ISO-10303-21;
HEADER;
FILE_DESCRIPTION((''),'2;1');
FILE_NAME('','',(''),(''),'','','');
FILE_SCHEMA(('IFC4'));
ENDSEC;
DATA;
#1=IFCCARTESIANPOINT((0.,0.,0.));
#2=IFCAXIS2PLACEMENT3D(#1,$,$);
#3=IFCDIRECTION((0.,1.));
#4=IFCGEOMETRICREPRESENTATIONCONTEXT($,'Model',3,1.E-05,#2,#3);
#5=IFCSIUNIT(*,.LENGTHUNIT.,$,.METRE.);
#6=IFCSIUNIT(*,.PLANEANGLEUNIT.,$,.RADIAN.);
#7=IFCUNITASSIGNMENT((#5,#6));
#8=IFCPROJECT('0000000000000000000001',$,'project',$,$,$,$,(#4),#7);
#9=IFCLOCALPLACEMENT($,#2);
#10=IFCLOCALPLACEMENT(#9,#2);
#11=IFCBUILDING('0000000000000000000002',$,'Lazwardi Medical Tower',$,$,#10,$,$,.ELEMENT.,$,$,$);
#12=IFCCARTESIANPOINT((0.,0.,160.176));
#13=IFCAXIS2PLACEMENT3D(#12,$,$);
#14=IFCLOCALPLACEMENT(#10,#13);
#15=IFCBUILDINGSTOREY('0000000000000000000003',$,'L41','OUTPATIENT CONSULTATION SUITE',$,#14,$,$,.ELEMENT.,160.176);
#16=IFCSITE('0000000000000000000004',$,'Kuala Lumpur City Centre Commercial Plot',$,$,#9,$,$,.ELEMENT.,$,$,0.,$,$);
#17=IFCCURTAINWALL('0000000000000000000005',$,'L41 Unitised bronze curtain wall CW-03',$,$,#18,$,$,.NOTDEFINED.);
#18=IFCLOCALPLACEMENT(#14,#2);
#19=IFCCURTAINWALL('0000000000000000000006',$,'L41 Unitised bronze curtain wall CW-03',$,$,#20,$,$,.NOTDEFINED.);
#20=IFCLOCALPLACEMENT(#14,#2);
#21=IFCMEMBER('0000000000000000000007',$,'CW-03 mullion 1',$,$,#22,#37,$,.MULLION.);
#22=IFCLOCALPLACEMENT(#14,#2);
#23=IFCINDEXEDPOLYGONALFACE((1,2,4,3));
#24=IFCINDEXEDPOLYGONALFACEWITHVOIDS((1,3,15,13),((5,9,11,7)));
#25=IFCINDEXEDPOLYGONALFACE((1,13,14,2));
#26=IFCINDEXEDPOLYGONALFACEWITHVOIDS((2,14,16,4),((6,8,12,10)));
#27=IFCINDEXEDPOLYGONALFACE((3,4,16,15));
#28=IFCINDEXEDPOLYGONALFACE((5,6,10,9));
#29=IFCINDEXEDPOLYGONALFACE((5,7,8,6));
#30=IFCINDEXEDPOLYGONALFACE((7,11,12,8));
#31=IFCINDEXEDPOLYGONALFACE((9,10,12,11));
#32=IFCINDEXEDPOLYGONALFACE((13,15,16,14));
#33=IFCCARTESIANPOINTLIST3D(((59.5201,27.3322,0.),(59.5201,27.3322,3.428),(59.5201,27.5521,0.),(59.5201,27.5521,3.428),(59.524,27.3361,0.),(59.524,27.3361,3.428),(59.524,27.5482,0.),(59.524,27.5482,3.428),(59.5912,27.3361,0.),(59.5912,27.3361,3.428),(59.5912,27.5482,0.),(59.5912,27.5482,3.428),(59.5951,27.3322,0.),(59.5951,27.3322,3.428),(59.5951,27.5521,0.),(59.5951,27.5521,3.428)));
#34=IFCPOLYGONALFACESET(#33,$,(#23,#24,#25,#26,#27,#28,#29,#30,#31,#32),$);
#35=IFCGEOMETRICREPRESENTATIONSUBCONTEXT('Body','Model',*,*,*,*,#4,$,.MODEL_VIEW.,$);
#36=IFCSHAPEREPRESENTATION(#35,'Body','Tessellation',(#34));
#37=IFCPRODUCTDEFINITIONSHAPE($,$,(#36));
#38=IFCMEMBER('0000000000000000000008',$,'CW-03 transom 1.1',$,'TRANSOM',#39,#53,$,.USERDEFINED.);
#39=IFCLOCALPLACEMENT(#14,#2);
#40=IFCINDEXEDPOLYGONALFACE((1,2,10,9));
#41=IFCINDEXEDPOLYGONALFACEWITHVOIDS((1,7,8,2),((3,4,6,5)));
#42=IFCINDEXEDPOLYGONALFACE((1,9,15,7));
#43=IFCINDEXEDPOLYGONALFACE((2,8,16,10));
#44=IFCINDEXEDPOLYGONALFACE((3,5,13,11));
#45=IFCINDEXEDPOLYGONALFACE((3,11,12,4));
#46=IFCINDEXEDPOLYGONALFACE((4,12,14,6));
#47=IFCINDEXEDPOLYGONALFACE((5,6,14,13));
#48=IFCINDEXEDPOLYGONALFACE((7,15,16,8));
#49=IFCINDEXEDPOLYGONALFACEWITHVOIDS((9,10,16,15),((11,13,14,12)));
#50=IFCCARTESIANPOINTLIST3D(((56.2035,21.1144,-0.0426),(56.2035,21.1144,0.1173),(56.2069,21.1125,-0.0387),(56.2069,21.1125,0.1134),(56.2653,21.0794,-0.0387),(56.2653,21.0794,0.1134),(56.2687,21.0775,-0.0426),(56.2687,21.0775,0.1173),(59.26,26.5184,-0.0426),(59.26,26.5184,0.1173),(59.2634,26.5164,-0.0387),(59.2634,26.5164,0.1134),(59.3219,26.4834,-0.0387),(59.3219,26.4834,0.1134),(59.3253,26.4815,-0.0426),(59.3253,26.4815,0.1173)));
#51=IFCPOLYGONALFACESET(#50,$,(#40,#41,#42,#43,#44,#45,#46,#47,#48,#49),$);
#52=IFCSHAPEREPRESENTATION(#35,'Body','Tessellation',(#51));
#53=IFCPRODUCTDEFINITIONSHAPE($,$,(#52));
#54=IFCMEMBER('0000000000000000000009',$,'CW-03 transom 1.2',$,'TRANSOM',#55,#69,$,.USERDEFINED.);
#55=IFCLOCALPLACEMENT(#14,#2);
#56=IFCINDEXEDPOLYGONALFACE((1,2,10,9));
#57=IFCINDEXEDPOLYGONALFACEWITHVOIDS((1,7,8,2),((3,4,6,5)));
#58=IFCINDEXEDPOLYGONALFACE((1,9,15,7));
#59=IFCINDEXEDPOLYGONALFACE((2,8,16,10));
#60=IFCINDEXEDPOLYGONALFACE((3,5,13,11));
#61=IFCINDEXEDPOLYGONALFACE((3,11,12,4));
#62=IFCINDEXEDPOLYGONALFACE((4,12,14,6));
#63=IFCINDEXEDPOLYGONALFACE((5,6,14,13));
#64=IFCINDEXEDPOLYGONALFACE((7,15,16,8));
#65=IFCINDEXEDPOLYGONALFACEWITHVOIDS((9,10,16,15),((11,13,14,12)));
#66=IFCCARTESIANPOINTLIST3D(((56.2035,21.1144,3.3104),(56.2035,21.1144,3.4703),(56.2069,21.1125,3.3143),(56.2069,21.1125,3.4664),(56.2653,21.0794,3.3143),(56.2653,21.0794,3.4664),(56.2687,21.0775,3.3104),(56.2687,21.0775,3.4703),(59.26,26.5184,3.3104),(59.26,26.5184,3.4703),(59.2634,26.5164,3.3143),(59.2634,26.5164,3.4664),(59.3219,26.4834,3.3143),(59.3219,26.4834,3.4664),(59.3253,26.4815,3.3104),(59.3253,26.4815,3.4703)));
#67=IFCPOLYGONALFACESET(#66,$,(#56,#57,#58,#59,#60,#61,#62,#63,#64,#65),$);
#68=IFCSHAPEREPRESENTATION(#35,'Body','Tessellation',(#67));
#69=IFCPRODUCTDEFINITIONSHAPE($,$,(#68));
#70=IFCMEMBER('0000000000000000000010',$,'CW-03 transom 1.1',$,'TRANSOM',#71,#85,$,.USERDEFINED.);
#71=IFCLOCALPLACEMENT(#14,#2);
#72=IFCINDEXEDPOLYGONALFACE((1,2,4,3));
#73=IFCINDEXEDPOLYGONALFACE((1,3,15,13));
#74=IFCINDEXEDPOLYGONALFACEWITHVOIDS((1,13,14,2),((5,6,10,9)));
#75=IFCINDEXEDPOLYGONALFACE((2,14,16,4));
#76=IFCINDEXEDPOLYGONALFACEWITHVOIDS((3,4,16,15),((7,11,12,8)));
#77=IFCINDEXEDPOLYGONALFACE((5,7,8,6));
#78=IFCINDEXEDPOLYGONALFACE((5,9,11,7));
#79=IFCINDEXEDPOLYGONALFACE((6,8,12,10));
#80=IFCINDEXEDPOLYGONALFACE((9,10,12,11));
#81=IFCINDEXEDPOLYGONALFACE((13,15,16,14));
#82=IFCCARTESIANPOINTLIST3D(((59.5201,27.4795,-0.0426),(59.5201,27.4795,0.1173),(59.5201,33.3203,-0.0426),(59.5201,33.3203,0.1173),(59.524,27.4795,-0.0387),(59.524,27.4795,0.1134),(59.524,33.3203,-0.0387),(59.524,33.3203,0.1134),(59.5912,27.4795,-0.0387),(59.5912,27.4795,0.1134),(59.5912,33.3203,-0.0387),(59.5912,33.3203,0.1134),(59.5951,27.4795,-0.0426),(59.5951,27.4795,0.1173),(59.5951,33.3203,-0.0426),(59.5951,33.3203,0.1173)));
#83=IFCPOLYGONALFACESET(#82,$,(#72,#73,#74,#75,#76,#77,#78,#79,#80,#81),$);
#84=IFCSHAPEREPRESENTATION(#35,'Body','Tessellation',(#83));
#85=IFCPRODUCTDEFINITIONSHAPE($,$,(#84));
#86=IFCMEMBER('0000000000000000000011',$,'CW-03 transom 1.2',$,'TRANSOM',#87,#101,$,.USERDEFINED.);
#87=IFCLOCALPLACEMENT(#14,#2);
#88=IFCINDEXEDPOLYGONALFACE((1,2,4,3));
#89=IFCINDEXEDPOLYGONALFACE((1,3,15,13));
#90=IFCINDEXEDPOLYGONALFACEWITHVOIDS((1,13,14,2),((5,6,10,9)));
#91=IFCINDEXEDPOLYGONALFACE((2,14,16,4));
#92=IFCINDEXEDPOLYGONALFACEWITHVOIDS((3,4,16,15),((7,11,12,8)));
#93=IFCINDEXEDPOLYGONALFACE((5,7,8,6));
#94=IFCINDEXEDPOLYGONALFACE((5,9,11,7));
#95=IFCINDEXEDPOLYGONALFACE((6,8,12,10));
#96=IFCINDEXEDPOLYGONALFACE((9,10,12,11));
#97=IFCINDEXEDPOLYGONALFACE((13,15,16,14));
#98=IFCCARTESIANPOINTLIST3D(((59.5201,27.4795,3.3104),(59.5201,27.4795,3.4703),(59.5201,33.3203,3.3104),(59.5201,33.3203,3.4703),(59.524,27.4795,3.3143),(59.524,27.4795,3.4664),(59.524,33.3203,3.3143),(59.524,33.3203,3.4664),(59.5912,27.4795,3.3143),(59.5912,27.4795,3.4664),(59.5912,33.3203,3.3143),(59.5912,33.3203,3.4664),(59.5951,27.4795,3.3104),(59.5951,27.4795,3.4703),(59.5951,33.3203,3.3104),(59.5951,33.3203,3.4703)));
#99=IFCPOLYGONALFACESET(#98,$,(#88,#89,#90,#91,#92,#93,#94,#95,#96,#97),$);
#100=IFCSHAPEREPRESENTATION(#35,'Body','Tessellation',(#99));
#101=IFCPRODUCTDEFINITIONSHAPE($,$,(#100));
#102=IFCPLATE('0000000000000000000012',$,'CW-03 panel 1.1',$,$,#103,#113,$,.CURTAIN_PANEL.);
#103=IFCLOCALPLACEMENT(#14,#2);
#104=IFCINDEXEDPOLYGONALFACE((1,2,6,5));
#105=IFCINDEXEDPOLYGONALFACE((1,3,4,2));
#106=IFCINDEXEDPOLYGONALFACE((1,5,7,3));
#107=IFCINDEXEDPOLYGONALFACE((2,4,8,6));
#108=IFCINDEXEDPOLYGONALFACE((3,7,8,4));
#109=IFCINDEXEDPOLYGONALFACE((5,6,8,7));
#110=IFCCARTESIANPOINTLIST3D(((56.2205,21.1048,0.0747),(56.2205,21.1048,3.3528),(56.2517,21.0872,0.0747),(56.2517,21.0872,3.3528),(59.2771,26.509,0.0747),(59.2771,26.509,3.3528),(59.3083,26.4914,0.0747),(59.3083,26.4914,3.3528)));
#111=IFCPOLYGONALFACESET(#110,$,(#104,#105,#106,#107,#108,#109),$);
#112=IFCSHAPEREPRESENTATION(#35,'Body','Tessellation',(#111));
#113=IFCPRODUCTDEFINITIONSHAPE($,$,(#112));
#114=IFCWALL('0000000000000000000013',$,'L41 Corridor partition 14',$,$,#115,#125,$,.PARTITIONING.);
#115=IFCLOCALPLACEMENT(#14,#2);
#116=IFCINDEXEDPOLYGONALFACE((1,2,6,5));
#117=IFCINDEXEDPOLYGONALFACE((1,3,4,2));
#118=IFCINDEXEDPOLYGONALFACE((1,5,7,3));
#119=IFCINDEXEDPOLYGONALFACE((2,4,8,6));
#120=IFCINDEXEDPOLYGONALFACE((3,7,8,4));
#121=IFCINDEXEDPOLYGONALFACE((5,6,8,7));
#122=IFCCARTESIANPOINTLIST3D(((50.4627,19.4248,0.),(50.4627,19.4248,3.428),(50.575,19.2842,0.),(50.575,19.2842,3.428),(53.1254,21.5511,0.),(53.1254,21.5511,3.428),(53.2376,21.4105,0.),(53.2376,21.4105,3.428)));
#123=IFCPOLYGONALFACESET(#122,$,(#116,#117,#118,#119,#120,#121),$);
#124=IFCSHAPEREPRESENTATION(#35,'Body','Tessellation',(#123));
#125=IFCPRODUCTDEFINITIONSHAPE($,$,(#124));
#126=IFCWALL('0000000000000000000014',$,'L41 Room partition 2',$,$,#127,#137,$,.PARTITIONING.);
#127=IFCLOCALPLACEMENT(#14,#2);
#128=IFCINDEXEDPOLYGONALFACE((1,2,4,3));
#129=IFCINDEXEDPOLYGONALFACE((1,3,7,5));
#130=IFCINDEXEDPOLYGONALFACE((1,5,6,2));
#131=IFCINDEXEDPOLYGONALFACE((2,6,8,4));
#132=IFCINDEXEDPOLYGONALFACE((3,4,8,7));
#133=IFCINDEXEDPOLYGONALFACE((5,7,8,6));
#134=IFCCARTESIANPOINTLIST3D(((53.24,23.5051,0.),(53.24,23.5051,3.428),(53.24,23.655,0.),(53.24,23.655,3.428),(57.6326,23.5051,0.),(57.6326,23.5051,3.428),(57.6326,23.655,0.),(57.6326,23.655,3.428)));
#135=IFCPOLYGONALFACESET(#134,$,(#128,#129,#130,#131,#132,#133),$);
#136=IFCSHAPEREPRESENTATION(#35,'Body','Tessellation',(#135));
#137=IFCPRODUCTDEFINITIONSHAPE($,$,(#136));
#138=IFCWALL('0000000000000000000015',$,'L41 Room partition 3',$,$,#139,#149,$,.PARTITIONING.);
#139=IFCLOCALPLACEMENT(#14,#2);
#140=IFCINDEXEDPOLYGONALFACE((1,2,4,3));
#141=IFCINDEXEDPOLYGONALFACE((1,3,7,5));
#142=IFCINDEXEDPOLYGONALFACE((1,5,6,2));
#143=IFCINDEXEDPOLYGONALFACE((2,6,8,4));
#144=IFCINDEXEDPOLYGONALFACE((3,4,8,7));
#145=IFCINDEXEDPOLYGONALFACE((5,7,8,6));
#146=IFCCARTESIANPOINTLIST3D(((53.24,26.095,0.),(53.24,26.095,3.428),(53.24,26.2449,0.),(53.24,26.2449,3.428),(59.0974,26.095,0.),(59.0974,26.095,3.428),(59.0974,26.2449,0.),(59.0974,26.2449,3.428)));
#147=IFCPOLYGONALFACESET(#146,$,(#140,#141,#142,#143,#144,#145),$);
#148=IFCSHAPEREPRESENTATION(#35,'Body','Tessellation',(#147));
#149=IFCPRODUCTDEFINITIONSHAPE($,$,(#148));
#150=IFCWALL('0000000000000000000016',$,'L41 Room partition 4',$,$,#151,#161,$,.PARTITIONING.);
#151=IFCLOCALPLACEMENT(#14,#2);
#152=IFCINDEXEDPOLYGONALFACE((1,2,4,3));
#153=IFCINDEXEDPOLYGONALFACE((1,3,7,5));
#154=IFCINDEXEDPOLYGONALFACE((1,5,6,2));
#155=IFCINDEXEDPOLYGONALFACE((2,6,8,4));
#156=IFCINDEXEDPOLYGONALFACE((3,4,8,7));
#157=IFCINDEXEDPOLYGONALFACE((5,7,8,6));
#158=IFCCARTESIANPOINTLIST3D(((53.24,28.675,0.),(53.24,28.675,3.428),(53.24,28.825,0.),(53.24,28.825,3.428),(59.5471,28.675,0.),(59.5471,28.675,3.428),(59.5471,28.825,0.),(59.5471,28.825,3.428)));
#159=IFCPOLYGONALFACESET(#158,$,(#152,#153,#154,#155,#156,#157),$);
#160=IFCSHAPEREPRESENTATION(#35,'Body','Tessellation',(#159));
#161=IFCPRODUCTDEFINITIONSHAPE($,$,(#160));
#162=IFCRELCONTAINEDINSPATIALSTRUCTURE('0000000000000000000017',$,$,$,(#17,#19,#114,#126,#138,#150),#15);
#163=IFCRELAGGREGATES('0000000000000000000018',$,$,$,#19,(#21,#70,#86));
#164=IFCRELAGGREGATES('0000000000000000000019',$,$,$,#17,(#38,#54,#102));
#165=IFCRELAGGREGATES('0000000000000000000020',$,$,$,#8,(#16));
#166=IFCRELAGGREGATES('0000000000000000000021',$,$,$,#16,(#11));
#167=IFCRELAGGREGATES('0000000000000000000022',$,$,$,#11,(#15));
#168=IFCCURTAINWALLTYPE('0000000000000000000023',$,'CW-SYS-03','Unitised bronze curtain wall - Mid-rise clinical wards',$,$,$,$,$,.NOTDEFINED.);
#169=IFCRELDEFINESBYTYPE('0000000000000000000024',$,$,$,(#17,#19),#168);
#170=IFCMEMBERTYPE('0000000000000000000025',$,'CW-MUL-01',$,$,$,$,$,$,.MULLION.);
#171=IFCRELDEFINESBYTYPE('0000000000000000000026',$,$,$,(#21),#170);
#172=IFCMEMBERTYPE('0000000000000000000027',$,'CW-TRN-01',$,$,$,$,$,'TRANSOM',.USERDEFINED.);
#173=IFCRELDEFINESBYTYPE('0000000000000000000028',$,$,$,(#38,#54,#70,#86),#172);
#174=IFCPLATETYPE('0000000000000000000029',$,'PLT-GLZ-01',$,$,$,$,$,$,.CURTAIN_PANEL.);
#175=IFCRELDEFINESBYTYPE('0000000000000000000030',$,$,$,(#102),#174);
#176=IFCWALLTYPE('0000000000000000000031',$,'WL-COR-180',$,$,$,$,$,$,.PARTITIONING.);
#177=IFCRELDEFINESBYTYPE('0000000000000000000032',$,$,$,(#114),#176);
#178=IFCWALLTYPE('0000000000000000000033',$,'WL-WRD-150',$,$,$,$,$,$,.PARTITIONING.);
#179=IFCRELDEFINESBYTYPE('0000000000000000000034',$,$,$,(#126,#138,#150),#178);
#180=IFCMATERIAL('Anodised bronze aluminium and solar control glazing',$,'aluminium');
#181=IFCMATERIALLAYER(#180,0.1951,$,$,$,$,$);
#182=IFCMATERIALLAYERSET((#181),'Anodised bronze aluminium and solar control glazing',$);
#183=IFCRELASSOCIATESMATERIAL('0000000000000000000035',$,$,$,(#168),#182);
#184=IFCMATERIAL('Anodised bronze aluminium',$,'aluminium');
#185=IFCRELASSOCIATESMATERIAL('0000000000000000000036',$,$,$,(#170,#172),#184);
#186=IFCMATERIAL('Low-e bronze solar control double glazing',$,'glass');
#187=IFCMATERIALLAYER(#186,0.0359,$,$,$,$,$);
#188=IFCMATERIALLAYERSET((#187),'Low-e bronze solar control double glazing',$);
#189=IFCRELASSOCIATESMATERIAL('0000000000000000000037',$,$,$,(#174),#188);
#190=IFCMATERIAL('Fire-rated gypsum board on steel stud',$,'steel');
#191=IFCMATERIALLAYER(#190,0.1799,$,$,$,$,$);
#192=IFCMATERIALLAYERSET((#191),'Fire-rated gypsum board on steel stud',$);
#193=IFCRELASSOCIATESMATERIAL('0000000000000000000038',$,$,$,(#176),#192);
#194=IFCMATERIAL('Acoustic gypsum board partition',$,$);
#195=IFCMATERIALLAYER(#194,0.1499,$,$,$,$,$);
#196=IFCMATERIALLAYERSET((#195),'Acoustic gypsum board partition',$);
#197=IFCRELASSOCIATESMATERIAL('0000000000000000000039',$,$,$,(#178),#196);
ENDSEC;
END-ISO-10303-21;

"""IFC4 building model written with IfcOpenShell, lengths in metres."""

from ifc_helpers import new_model, si_unit, direction, frame, frame_2d, origin, origin_2d, place, context, subcontext, project, spatial, rectangle, hollow_rectangle, extrude, material, layer, layer_set, material_profile, profile_set, type_object, element, aggregate, save


model = new_model("IFC4")

# Units and contexts
model_context = context("Model", 3, precision=1e-05, world=origin(), true_north=direction((0.0, 1.0)))
body_context = subcontext(model_context, "Body", "Model", "MODEL_VIEW")
ifc_project = project(units=[si_unit("LENGTHUNIT", "METRE"), si_unit("PLANEANGLEUNIT", "RADIAN")], contexts=[model_context])

# Site, building, storey
site_placement = place(None, origin())
site = spatial("IfcSite", under=ifc_project, at=site_placement, Name="Kuala Lumpur City Centre Commercial Plot", CompositionType="ELEMENT", RefElevation=0.0)
building_placement = place(site_placement, origin())
building = spatial("IfcBuilding", under=site, at=building_placement, Name="Lazwardi Medical Tower", CompositionType="ELEMENT")
storey_placement = place(building_placement, frame((0.0, 0.0, 160.176)))
storey = spatial("IfcBuildingStorey", under=building, at=storey_placement, Name="L41", Description="OUTPATIENT CONSULTATION SUITE", CompositionType="ELEMENT", Elevation=160.176)

# Curtain wall
ifc_material_1 = material(Name="Anodised bronze aluminium and solar control glazing", Category="aluminium")
ifc_layer_1 = layer(ifc_material_1, 0.1951)
ifc_layer_set_1 = layer_set([ifc_layer_1], Name="Anodised bronze aluminium and solar control glazing")
curtain_wall_type = type_object("IfcCurtainWallType", Name="CW-SYS-03", Description="Unitised bronze curtain wall - Mid-rise clinical wards", PredefinedType="NOTDEFINED", material=ifc_layer_set_1)
curtain_wall_1_placement = place(storey_placement, origin())
curtain_wall_1 = element("IfcCurtainWall", 1, at=curtain_wall_1_placement, inside=storey, type_object=curtain_wall_type, Name="L41 Unitised bronze curtain wall CW-03", PredefinedType="NOTDEFINED")
ifc_material_2 = material(Name="Anodised bronze aluminium", Category="aluminium")
ifc_material_profile_1 = material_profile(ifc_material_2, hollow_rectangle(XDim=0.075, YDim=0.22, WallThickness=0.0039, at=origin_2d()), Name="ALU-MULLION 220x75x4")
ifc_profile_set_1 = profile_set([ifc_material_profile_1], Name="Anodised bronze aluminium")
member_type_1 = type_object("IfcMemberType", Name="CW-MUL-01", PredefinedType="MULLION", material=ifc_profile_set_1)

# Curtain wall, member
curtain_wall_2_placement = place(storey_placement, origin())
curtain_wall_2 = element("IfcCurtainWall", 2, at=curtain_wall_2_placement, inside=storey, type_object=curtain_wall_type, Name="L41 Unitised bronze curtain wall CW-03", PredefinedType="NOTDEFINED")
member_1_placement = place(storey_placement, frame((59.5576, 27.4421, 0.0), z_axis=(0.0, 0.0, 1.0), x_axis=(-1.0, 0.0, 0.0)))
member_1 = element("IfcMember", 3, at=member_1_placement, type_object=member_type_1, Name="CW-03 mullion 1", PredefinedType="MULLION", context=body_context, shape_type="SweptSolid", body=[
    extrude(hollow_rectangle(XDim=0.075, YDim=0.22, WallThickness=0.0039, at=origin_2d()), origin(), (0.0, 0.0, 1.0), 3.428),
])

# Members
ifc_material_profile_2 = material_profile(ifc_material_2, hollow_rectangle(XDim=0.075, YDim=0.1599, WallThickness=0.0039, at=origin_2d()), Name="ALU-TRANSOM 160x75x4")
ifc_profile_set_2 = profile_set([ifc_material_profile_2], Name="Anodised bronze aluminium")
member_type_2 = type_object("IfcMemberType", Name="CW-TRN-01", ElementType="TRANSOM", PredefinedType="USERDEFINED", material=ifc_profile_set_2)
member_2_placement = place(storey_placement, frame((56.2361, 21.0959, 0.0374), z_axis=(0.492323, 0.870413, 0.0), x_axis=(-0.870413, 0.492323, 0.0)))
member_2 = element("IfcMember", 4, at=member_2_placement, type_object=member_type_2, Name="CW-03 transom 1.1", ObjectType="TRANSOM", PredefinedType="USERDEFINED", context=body_context, shape_type="SweptSolid", body=[
    extrude(hollow_rectangle(XDim=0.075, YDim=0.1599, WallThickness=0.0039, at=origin_2d()), origin(), (0.0, 0.0, 1.0), 6.2085),
])
member_3_placement = place(storey_placement, frame((56.2361, 21.0959, 3.3904), z_axis=(0.492323, 0.870413, 0.0), x_axis=(-0.870413, 0.492323, 0.0)))
member_3 = element("IfcMember", 5, at=member_3_placement, type_object=member_type_2, Name="CW-03 transom 1.2", ObjectType="TRANSOM", PredefinedType="USERDEFINED", context=body_context, shape_type="SweptSolid", body=[
    extrude(hollow_rectangle(XDim=0.075, YDim=0.1599, WallThickness=0.0039, at=origin_2d()), origin(), (0.0, 0.0, 1.0), 6.2085),
])
member_4_placement = place(storey_placement, frame((59.5576, 27.4795, 0.0374), z_axis=(0.0, 1.0, 0.0), x_axis=(-1.0, 0.0, 0.0)))
member_4 = element("IfcMember", 6, at=member_4_placement, type_object=member_type_2, Name="CW-03 transom 1.1", ObjectType="TRANSOM", PredefinedType="USERDEFINED", context=body_context, shape_type="SweptSolid", body=[
    extrude(hollow_rectangle(XDim=0.075, YDim=0.1599, WallThickness=0.0039, at=origin_2d()), origin(), (0.0, 0.0, 1.0), 5.8408),
])
member_5_placement = place(storey_placement, frame((59.5576, 27.4795, 3.3904), z_axis=(0.0, 1.0, 0.0), x_axis=(-1.0, 0.0, 0.0)))
member_5 = element("IfcMember", 7, at=member_5_placement, type_object=member_type_2, Name="CW-03 transom 1.2", ObjectType="TRANSOM", PredefinedType="USERDEFINED", context=body_context, shape_type="SweptSolid", body=[
    extrude(hollow_rectangle(XDim=0.075, YDim=0.1599, WallThickness=0.0039, at=origin_2d()), origin(), (0.0, 0.0, 1.0), 5.8408),
])
aggregate(curtain_wall_2, [member_1, member_4, member_5])

# Plate
ifc_material_3 = material(Name="Low-e bronze solar control double glazing", Category="glass")
ifc_layer_2 = layer(ifc_material_3, 0.0359)
ifc_layer_set_2 = layer_set([ifc_layer_2], Name="Low-e bronze solar control double glazing")
plate_type = type_object("IfcPlateType", Name="PLT-GLZ-01", PredefinedType="CURTAIN_PANEL", material=ifc_layer_set_2)
plate_placement = place(storey_placement, frame((57.7644, 23.7981, 0.0747), z_axis=(0.0, 0.0, 1.0), x_axis=(0.492312, 0.870419, 0.0)))
plate = element("IfcPlate", 8, at=plate_placement, type_object=plate_type, Name="CW-03 panel 1.1", PredefinedType="CURTAIN_PANEL", context=body_context, shape_type="SweptSolid", body=[
    extrude(rectangle(XDim=6.2087, YDim=0.0359, at=origin_2d()), origin(), (0.0, 0.0, 1.0), 3.2781),
])
aggregate(curtain_wall_1, [member_2, member_3, plate])

# Walls
ifc_material_4 = material(Name="Fire-rated gypsum board on steel stud", Category="steel")
ifc_layer_3 = layer(ifc_material_4, 0.1799)
ifc_layer_set_3 = layer_set([ifc_layer_3], Name="Fire-rated gypsum board on steel stud")
wall_type_1 = type_object("IfcWallType", Name="WL-COR-180", PredefinedType="PARTITIONING", material=ifc_layer_set_3)
wall_1_placement = place(storey_placement, frame((53.1814, 21.4807, 0.0), z_axis=(0.0, 0.0, 1.0), x_axis=(-0.781421, -0.624005, 0.0)))
element("IfcWall", 9, at=wall_1_placement, inside=storey, type_object=wall_type_1, Name="L41 Corridor partition 14", PredefinedType="PARTITIONING", context=body_context, shape_type="SweptSolid", body=[
    extrude(rectangle(XDim=3.4075, YDim=0.1799, at=frame_2d((1.7036, 0.0))), origin(), (0.0, 0.0, 1.0), 3.428),
])
ifc_material_5 = material(Name="Acoustic gypsum board partition")
ifc_layer_4 = layer(ifc_material_5, 0.1499)
ifc_layer_set_4 = layer_set([ifc_layer_4], Name="Acoustic gypsum board partition")
wall_type_2 = type_object("IfcWallType", Name="WL-WRD-150", PredefinedType="PARTITIONING", material=ifc_layer_set_4)
wall_2_placement = place(storey_placement, frame((53.24, 23.5801, 0.0), z_axis=(0.0, 0.0, 1.0), x_axis=(1.0, 0.0, 0.0)))
element("IfcWall", 10, at=wall_2_placement, inside=storey, type_object=wall_type_2, Name="L41 Room partition 2", PredefinedType="PARTITIONING", context=body_context, shape_type="SweptSolid", body=[
    extrude(rectangle(XDim=4.3926, YDim=0.1499, at=frame_2d((2.1963, 0.0))), origin(), (0.0, 0.0, 1.0), 3.428),
])
wall_3_placement = place(storey_placement, frame((53.24, 26.1699, 0.0), z_axis=(0.0, 0.0, 1.0), x_axis=(1.0, 0.0, 0.0)))
element("IfcWall", 11, at=wall_3_placement, inside=storey, type_object=wall_type_2, Name="L41 Room partition 3", PredefinedType="PARTITIONING", context=body_context, shape_type="SweptSolid", body=[
    extrude(rectangle(XDim=5.8574, YDim=0.1499, at=frame_2d((2.9287, 0.0))), origin(), (0.0, 0.0, 1.0), 3.428),
])
wall_4_placement = place(storey_placement, frame((53.24, 28.75, 0.0), z_axis=(0.0, 0.0, 1.0), x_axis=(1.0, 0.0, 0.0)))
element("IfcWall", 12, at=wall_4_placement, inside=storey, type_object=wall_type_2, Name="L41 Room partition 4", PredefinedType="PARTITIONING", context=body_context, shape_type="SweptSolid", body=[
    extrude(rectangle(XDim=6.3071, YDim=0.1499, at=frame_2d((3.1536, 0.0))), origin(), (0.0, 0.0, 1.0), 3.428),
])

save(model, "model.ifc")
